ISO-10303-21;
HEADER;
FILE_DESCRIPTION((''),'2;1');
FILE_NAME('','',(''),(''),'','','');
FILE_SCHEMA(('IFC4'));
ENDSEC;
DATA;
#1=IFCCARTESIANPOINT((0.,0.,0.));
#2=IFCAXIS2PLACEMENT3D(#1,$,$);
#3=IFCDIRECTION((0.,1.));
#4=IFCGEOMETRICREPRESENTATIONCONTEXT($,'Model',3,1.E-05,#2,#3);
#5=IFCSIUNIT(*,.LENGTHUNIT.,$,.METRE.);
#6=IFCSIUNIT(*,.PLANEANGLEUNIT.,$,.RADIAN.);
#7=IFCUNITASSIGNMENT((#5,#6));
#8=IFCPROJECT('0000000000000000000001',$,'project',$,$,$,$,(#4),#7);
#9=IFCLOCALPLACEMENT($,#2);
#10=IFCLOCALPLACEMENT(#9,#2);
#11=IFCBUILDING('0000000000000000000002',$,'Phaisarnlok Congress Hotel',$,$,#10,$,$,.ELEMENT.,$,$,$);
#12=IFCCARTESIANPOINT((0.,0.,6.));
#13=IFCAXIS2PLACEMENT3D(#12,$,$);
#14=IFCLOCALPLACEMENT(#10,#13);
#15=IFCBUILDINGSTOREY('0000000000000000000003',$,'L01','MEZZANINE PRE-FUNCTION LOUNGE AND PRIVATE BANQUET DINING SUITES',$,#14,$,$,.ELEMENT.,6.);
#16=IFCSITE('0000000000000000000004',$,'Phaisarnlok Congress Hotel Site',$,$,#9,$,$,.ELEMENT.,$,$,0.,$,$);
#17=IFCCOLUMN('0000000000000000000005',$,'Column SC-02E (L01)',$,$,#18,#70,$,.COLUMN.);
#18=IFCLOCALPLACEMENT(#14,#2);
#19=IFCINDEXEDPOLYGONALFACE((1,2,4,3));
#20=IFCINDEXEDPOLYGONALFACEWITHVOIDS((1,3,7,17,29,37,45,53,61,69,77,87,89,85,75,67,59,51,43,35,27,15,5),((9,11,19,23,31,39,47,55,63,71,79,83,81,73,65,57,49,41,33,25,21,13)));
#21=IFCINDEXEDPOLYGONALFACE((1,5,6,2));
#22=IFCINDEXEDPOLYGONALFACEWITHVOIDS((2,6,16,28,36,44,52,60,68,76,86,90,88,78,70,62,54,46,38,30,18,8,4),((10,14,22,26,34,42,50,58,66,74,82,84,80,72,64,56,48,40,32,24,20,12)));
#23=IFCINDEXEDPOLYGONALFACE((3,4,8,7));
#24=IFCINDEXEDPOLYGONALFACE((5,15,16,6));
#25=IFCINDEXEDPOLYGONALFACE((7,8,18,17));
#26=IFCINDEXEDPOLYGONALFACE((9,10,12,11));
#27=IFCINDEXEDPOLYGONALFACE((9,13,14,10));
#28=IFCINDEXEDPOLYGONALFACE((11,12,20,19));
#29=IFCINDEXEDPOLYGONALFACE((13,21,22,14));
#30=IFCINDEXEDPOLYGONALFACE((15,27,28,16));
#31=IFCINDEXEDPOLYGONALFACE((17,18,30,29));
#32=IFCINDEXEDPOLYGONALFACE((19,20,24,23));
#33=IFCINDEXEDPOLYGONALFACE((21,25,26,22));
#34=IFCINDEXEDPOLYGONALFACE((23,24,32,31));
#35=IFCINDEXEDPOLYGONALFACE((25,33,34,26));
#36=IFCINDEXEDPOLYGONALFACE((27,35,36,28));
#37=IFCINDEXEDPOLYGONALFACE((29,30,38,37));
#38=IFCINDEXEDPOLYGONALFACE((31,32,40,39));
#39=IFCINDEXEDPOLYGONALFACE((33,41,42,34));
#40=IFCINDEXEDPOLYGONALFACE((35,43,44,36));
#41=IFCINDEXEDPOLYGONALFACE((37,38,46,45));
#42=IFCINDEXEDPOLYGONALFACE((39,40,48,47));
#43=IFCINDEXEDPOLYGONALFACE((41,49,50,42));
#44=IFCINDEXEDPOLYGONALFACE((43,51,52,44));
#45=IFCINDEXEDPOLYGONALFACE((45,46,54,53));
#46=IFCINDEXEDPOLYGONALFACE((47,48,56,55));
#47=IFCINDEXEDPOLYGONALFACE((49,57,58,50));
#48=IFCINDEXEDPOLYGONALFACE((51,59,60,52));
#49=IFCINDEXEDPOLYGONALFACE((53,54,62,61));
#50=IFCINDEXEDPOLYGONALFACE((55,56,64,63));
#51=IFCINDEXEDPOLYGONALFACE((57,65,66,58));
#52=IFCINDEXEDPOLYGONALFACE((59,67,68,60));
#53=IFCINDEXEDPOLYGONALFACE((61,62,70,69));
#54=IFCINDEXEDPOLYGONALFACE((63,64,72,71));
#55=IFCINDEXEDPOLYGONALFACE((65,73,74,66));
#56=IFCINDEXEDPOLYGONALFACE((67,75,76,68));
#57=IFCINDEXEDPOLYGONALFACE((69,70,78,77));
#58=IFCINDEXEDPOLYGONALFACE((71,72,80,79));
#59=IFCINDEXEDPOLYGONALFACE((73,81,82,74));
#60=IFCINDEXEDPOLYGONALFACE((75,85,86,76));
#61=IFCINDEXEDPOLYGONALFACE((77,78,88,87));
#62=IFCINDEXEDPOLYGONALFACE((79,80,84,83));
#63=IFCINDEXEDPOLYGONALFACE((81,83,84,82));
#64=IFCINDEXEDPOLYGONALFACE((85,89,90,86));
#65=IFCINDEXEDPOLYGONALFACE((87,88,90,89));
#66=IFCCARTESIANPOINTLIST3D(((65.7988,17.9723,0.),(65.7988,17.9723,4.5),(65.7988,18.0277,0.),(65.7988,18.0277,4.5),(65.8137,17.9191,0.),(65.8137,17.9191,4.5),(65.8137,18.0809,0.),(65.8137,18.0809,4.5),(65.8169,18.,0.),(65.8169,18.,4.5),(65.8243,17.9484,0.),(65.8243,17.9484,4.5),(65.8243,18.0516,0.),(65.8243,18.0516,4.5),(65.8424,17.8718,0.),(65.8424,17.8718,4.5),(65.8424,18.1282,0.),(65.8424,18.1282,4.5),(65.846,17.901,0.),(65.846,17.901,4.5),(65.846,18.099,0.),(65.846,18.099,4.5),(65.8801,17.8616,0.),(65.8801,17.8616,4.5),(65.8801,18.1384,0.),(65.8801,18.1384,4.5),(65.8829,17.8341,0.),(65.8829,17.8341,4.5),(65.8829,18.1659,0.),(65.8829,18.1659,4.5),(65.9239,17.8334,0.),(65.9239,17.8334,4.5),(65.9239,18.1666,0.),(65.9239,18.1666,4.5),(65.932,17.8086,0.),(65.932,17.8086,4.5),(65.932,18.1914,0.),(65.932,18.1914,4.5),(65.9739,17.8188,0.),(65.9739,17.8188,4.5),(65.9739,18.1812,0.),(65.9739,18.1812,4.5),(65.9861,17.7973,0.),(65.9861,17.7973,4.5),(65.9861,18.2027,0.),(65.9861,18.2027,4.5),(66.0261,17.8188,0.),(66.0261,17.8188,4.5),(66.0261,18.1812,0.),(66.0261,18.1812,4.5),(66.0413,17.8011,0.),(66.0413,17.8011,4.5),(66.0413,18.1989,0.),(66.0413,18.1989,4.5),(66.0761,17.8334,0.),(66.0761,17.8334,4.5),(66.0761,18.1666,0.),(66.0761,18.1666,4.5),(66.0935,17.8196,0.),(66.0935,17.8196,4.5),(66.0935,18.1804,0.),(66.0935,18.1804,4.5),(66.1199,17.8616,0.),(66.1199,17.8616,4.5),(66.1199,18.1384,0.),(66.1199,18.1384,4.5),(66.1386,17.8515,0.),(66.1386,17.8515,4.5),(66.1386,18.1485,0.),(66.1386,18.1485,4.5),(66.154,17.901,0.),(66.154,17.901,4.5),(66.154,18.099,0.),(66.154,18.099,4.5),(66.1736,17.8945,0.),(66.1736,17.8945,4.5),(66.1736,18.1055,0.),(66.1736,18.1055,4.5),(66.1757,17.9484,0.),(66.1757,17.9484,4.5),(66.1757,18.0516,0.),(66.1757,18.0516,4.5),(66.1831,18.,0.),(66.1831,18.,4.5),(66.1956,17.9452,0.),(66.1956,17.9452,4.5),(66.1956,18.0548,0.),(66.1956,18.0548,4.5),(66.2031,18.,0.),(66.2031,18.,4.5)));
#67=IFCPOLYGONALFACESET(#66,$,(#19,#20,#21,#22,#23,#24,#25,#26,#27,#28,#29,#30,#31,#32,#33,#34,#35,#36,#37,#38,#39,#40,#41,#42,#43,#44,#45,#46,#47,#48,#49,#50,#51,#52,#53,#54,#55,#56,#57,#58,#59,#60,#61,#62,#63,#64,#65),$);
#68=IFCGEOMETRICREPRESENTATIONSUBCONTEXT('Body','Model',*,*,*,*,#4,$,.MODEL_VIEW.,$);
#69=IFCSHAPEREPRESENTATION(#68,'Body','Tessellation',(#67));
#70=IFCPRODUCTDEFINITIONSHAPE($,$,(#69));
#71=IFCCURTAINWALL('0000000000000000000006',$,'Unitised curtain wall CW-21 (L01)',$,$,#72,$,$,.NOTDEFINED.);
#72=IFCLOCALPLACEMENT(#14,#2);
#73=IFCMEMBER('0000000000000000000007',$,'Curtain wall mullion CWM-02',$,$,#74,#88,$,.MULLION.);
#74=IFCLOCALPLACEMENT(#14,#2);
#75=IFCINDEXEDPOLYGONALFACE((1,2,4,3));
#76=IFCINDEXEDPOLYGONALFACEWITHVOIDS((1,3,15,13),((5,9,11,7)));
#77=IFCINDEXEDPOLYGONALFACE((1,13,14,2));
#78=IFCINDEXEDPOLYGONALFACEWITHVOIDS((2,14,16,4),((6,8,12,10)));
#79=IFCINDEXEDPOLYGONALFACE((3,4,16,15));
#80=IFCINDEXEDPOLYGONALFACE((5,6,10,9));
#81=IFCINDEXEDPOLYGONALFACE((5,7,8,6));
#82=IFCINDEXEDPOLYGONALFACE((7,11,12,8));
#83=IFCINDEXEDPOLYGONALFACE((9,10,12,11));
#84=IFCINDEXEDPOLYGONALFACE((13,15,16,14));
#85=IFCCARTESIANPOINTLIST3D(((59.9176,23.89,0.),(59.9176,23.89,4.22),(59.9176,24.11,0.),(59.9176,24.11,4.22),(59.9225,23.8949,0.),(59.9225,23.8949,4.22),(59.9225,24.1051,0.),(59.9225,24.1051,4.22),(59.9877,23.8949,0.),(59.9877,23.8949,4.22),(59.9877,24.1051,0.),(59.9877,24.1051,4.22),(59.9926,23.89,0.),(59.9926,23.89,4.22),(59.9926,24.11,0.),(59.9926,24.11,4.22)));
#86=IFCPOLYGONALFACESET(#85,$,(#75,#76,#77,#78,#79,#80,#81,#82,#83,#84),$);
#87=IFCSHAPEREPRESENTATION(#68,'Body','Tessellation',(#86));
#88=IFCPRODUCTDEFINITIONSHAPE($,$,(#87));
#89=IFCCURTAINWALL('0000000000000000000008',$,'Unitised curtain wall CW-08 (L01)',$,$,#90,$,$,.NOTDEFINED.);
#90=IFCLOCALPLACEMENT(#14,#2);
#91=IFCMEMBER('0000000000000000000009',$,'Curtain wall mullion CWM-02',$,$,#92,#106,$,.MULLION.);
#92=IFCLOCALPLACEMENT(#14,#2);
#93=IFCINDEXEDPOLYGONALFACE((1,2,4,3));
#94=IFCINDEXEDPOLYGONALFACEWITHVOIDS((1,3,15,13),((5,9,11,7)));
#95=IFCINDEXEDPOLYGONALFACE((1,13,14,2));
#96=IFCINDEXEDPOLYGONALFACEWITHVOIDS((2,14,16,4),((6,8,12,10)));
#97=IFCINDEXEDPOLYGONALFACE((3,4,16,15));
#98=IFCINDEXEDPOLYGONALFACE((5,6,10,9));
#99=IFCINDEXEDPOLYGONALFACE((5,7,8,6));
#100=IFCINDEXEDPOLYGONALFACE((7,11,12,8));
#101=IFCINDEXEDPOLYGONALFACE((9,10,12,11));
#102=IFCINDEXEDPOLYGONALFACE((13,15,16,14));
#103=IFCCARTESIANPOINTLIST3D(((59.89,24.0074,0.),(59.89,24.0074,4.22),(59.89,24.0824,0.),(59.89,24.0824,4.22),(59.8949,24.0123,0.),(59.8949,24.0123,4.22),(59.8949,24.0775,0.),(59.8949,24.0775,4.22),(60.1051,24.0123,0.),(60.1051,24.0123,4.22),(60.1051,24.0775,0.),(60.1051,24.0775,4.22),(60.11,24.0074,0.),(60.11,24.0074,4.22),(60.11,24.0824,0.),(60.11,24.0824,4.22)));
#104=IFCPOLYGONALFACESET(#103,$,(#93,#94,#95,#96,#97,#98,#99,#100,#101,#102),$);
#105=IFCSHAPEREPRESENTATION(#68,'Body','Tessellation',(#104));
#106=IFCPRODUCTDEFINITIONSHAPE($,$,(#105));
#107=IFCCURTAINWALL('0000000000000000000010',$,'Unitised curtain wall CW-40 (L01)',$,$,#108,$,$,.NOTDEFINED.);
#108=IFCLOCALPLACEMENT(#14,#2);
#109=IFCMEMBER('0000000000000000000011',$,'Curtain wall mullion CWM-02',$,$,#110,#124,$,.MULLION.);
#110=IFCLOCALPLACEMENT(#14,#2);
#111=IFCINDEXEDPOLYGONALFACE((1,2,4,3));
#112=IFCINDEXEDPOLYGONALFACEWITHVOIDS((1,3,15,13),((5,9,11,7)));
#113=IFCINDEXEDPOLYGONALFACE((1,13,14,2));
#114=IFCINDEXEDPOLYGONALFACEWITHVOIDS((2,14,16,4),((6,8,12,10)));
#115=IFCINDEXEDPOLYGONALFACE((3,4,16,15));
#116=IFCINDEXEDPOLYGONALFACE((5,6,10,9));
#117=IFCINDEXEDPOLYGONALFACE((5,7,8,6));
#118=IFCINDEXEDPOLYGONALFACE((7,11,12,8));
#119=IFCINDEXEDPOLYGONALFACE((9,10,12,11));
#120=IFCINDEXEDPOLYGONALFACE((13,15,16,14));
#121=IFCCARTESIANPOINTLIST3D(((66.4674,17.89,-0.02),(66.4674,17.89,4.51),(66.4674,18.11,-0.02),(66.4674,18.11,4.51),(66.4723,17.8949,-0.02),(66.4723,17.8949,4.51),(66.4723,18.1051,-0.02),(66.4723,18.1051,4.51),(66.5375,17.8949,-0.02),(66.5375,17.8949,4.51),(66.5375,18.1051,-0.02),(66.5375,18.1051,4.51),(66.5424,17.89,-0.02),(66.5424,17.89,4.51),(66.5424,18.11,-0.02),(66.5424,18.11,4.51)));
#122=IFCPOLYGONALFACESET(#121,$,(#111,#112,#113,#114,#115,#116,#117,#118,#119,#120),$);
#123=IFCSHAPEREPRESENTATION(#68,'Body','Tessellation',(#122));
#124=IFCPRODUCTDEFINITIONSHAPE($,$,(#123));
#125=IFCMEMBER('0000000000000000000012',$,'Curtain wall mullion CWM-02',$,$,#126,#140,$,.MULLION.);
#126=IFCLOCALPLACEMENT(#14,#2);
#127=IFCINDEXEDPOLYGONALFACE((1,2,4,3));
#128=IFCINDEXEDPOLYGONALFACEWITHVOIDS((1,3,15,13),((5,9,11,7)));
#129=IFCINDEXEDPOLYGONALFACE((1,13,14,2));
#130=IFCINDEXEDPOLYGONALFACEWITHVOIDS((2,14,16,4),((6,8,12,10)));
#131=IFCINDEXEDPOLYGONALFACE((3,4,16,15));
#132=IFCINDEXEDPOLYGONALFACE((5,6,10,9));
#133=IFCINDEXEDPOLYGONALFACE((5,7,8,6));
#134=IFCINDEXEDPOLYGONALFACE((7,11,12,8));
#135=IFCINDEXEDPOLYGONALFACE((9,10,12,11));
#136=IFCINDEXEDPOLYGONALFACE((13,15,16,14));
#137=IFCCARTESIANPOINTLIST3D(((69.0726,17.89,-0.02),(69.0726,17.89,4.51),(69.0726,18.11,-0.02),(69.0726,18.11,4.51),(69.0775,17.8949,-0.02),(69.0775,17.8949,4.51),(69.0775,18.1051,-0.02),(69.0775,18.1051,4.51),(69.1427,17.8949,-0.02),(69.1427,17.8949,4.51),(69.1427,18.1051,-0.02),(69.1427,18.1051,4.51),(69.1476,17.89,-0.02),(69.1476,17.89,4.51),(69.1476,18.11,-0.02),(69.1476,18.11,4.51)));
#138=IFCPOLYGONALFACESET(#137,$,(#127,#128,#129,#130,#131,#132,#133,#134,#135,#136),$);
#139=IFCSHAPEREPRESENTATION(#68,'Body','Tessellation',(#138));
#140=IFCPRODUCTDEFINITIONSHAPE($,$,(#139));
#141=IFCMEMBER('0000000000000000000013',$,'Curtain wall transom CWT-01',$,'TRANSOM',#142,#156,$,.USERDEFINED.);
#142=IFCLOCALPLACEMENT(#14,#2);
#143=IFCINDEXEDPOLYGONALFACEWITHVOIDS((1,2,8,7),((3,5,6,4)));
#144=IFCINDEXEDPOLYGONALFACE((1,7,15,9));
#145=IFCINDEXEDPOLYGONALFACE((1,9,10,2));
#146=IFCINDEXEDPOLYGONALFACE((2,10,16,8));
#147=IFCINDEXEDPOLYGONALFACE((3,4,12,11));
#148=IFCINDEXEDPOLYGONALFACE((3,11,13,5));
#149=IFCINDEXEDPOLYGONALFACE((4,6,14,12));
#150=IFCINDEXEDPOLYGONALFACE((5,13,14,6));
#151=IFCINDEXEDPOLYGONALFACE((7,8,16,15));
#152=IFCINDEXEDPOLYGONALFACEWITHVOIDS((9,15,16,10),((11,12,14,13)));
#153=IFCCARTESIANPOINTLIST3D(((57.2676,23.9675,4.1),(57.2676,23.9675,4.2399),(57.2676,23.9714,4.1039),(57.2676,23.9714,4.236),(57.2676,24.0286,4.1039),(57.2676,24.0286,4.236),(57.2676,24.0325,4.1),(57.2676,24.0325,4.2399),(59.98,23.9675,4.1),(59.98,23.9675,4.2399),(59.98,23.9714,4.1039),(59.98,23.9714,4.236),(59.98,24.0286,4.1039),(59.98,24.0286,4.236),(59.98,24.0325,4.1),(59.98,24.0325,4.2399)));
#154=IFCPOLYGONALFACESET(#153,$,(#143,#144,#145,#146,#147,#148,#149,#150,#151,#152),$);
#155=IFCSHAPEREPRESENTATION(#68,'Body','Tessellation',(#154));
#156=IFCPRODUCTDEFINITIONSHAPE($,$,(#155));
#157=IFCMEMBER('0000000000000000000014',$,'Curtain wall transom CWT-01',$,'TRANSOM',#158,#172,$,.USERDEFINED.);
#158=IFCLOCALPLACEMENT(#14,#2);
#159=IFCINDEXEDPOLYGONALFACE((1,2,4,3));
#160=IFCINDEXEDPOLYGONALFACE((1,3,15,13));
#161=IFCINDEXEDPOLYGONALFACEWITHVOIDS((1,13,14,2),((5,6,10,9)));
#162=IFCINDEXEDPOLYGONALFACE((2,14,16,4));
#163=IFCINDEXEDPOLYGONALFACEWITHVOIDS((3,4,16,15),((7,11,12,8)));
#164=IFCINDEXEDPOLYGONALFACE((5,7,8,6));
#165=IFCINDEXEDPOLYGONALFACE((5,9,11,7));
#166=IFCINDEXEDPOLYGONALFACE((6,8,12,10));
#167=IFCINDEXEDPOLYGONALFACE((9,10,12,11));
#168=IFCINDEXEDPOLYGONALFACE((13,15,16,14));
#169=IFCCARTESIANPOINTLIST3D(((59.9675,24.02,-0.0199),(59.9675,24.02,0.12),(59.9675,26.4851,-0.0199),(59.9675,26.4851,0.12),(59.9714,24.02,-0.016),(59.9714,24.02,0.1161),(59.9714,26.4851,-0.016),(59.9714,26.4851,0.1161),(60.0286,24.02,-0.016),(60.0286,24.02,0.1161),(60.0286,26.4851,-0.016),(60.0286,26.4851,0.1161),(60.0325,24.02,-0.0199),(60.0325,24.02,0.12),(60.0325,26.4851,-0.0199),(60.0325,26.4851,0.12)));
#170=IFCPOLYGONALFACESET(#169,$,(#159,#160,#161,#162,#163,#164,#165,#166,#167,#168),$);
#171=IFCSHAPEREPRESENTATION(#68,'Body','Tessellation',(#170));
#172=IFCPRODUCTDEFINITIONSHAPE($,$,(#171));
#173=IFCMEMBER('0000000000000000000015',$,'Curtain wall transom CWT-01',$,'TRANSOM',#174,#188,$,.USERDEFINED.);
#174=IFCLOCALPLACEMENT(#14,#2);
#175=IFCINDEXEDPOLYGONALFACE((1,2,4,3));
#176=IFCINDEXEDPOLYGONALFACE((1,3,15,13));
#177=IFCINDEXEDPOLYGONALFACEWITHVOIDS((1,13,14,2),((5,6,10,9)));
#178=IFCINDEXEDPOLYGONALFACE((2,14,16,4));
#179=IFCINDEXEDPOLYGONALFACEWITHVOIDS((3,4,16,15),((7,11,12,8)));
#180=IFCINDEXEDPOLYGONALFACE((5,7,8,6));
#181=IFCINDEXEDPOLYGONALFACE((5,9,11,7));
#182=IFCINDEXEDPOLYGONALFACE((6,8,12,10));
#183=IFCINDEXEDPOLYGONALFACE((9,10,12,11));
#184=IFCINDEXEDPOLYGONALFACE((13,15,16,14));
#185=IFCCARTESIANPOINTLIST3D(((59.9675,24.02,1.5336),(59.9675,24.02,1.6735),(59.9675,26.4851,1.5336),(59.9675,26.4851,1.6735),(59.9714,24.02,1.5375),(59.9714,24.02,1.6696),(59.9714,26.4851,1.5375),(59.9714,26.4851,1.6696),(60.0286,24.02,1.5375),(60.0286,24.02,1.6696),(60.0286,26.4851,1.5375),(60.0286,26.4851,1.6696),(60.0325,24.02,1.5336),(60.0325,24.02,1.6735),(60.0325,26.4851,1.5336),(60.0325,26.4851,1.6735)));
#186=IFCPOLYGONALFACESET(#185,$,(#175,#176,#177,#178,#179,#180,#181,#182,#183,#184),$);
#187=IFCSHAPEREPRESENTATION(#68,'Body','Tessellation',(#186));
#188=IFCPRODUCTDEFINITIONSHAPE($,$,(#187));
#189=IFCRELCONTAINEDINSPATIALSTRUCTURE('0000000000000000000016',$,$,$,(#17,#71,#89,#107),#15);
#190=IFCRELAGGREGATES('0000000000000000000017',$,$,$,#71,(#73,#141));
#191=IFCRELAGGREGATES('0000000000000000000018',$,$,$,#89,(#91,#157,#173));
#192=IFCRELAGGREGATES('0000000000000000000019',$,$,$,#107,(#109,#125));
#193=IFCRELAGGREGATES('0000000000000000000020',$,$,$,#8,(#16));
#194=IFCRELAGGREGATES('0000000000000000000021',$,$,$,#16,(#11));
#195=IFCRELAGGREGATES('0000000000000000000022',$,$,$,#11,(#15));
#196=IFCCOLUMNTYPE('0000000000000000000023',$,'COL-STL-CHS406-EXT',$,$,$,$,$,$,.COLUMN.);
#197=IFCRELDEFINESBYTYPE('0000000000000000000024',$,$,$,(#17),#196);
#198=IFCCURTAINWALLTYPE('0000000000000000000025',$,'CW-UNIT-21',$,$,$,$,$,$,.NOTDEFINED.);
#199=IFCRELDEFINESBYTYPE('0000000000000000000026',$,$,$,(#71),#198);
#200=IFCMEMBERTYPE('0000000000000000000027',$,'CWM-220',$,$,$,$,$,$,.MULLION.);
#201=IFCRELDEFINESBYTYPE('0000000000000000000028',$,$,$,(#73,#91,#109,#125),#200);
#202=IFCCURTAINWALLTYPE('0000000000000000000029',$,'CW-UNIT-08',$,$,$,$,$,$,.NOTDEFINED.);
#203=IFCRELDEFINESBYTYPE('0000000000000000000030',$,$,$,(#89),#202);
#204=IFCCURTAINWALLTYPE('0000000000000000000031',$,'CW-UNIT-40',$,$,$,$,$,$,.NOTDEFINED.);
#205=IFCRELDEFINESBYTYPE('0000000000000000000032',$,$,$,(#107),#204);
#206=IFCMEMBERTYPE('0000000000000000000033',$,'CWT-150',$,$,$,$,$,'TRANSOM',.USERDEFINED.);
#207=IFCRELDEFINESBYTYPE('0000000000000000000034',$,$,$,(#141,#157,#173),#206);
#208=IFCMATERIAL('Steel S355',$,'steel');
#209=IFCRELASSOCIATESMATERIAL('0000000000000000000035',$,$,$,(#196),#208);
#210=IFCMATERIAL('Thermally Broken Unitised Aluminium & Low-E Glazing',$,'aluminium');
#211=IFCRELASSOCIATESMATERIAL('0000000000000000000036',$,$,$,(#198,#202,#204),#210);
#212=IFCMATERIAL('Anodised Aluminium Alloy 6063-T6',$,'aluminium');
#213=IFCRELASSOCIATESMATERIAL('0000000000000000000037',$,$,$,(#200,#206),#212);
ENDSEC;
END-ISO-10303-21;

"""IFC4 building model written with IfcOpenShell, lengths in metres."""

from ifc_helpers import new_model, si_unit, direction, frame, origin, origin_2d, place, context, subcontext, project, spatial, hollow_rectangle, hollow_circle, extrude, material, material_profile, profile_set, type_object, element, aggregate, save


model = new_model("IFC4")

# Units and contexts
model_context = context("Model", 3, precision=1e-05, world=origin(), true_north=direction((0.0, 1.0)))
body_context = subcontext(model_context, "Body", "Model", "MODEL_VIEW")
ifc_project = project(units=[si_unit("LENGTHUNIT", "METRE"), si_unit("PLANEANGLEUNIT", "RADIAN")], contexts=[model_context])

# Site, building, storey
site_placement = place(None, origin())
site = spatial("IfcSite", under=ifc_project, at=site_placement, Name="Phaisarnlok Congress Hotel Site", CompositionType="ELEMENT", RefElevation=0.0)
building_placement = place(site_placement, origin())
building = spatial("IfcBuilding", under=site, at=building_placement, Name="Phaisarnlok Congress Hotel", CompositionType="ELEMENT")
storey_placement = place(building_placement, frame((0.0, 0.0, 6.0)))
storey = spatial("IfcBuildingStorey", under=building, at=storey_placement, Name="L01", Description="MEZZANINE PRE-FUNCTION LOUNGE AND PRIVATE BANQUET DINING SUITES", CompositionType="ELEMENT", Elevation=6.0)

# Column
ifc_material_1 = material(Name="Steel S355", Category="steel")
ifc_material_profile_1 = material_profile(ifc_material_1, hollow_circle(Radius=0.2031, WallThickness=0.02, at=origin_2d()), Name="CHS 406.4x20")
ifc_profile_set_1 = profile_set([ifc_material_profile_1], Name="Steel S355")
column_type = type_object("IfcColumnType", Name="COL-STL-CHS406-EXT", PredefinedType="COLUMN", material=ifc_profile_set_1)
column_placement = place(storey_placement, frame((66.0, 18.0, 0.0), z_axis=(0.0, 0.0, 1.0), x_axis=(1.0, 0.0, 0.0)))
element("IfcColumn", 1, at=column_placement, inside=storey, type_object=column_type, Name="Column SC-02E (L01)", PredefinedType="COLUMN", context=body_context, shape_type="SweptSolid", body=[
    extrude(hollow_circle(Radius=0.2031, WallThickness=0.02, at=origin_2d()), origin(), (0.0, 0.0, 1.0), 4.5),
])

# Curtain walls, members
ifc_material_2 = material(Name="Thermally Broken Unitised Aluminium & Low-E Glazing", Category="aluminium")
curtain_wall_type_1 = type_object("IfcCurtainWallType", Name="CW-UNIT-21", PredefinedType="NOTDEFINED", material=ifc_material_2)
curtain_wall_1_placement = place(storey_placement, origin())
curtain_wall_1 = element("IfcCurtainWall", 2, at=curtain_wall_1_placement, inside=storey, type_object=curtain_wall_type_1, Name="Unitised curtain wall CW-21 (L01)", PredefinedType="NOTDEFINED")
ifc_material_3 = material(Name="Anodised Aluminium Alloy 6063-T6", Category="aluminium")
ifc_material_profile_2 = material_profile(ifc_material_3, hollow_rectangle(XDim=0.075, YDim=0.22, WallThickness=0.0049, at=origin_2d()), Name="ALU-M 75x220x5")
ifc_profile_set_2 = profile_set([ifc_material_profile_2], Name="Anodised Aluminium Alloy 6063-T6")
member_type_1 = type_object("IfcMemberType", Name="CWM-220", PredefinedType="MULLION", material=ifc_profile_set_2)
member_1_placement = place(storey_placement, frame((59.9551, 24.0, 0.0), z_axis=(0.0, 0.0, 1.0), x_axis=(1.0, 0.0, 0.0)))
member_1 = element("IfcMember", 3, at=member_1_placement, type_object=member_type_1, Name="Curtain wall mullion CWM-02", PredefinedType="MULLION", context=body_context, shape_type="SweptSolid", body=[
    extrude(hollow_rectangle(XDim=0.075, YDim=0.22, WallThickness=0.0049, at=origin_2d()), origin(), (0.0, 0.0, 1.0), 4.22),
])
curtain_wall_type_2 = type_object("IfcCurtainWallType", Name="CW-UNIT-08", PredefinedType="NOTDEFINED", material=ifc_material_2)
curtain_wall_2_placement = place(storey_placement, origin())
curtain_wall_2 = element("IfcCurtainWall", 4, at=curtain_wall_2_placement, inside=storey, type_object=curtain_wall_type_2, Name="Unitised curtain wall CW-08 (L01)", PredefinedType="NOTDEFINED")
member_2_placement = place(storey_placement, frame((60.0, 24.0449, 0.0), z_axis=(0.0, 0.0, 1.0), x_axis=(0.0, 1.0, 0.0)))
member_2 = element("IfcMember", 5, at=member_2_placement, type_object=member_type_1, Name="Curtain wall mullion CWM-02", PredefinedType="MULLION", context=body_context, shape_type="SweptSolid", body=[
    extrude(hollow_rectangle(XDim=0.075, YDim=0.22, WallThickness=0.0049, at=origin_2d()), origin(), (0.0, 0.0, 1.0), 4.22),
])

# Curtain wall, members
curtain_wall_type_3 = type_object("IfcCurtainWallType", Name="CW-UNIT-40", PredefinedType="NOTDEFINED", material=ifc_material_2)
curtain_wall_3_placement = place(storey_placement, origin())
curtain_wall_3 = element("IfcCurtainWall", 6, at=curtain_wall_3_placement, inside=storey, type_object=curtain_wall_type_3, Name="Unitised curtain wall CW-40 (L01)", PredefinedType="NOTDEFINED")
member_3_placement = place(storey_placement, frame((66.5049, 18.0, -0.02), z_axis=(0.0, 0.0, 1.0), x_axis=(1.0, 0.0, 0.0)))
member_3 = element("IfcMember", 7, at=member_3_placement, type_object=member_type_1, Name="Curtain wall mullion CWM-02", PredefinedType="MULLION", context=body_context, shape_type="SweptSolid", body=[
    extrude(hollow_rectangle(XDim=0.075, YDim=0.22, WallThickness=0.0049, at=origin_2d()), origin(), (0.0, 0.0, 1.0), 4.53),
])
member_4_placement = place(storey_placement, frame((69.1101, 18.0, -0.02), z_axis=(0.0, 0.0, 1.0), x_axis=(1.0, 0.0, 0.0)))
member_4 = element("IfcMember", 8, at=member_4_placement, type_object=member_type_1, Name="Curtain wall mullion CWM-02", PredefinedType="MULLION", context=body_context, shape_type="SweptSolid", body=[
    extrude(hollow_rectangle(XDim=0.075, YDim=0.22, WallThickness=0.0049, at=origin_2d()), origin(), (0.0, 0.0, 1.0), 4.53),
])

# Members
ifc_material_profile_3 = material_profile(ifc_material_3, hollow_rectangle(XDim=0.0649, YDim=0.1399, WallThickness=0.0039, at=origin_2d()), Name="ALU-T 65x140x4")
ifc_profile_set_3 = profile_set([ifc_material_profile_3], Name="Anodised Aluminium Alloy 6063-T6")
member_type_2 = type_object("IfcMemberType", Name="CWT-150", ElementType="TRANSOM", PredefinedType="USERDEFINED", material=ifc_profile_set_3)
member_5_placement = place(storey_placement, frame((57.2676, 24.0, 4.1699), z_axis=(1.0, 0.0, 0.0), x_axis=(0.0, 1.0, 0.0)))
member_5 = element("IfcMember", 9, at=member_5_placement, type_object=member_type_2, Name="Curtain wall transom CWT-01", ObjectType="TRANSOM", PredefinedType="USERDEFINED", context=body_context, shape_type="SweptSolid", body=[
    extrude(hollow_rectangle(XDim=0.0649, YDim=0.1399, WallThickness=0.0039, at=origin_2d()), origin(), (0.0, 0.0, 1.0), 2.7124),
])
member_6_placement = place(storey_placement, frame((60.0, 24.02, 0.05), z_axis=(0.0, 1.0, 0.0), x_axis=(-1.0, 0.0, 0.0)))
member_6 = element("IfcMember", 10, at=member_6_placement, type_object=member_type_2, Name="Curtain wall transom CWT-01", ObjectType="TRANSOM", PredefinedType="USERDEFINED", context=body_context, shape_type="SweptSolid", body=[
    extrude(hollow_rectangle(XDim=0.0649, YDim=0.1399, WallThickness=0.0039, at=origin_2d()), origin(), (0.0, 0.0, 1.0), 2.4651),
])
member_7_placement = place(storey_placement, frame((60.0, 24.02, 1.6035), z_axis=(0.0, 1.0, 0.0), x_axis=(-1.0, 0.0, 0.0)))
member_7 = element("IfcMember", 11, at=member_7_placement, type_object=member_type_2, Name="Curtain wall transom CWT-01", ObjectType="TRANSOM", PredefinedType="USERDEFINED", context=body_context, shape_type="SweptSolid", body=[
    extrude(hollow_rectangle(XDim=0.0649, YDim=0.1399, WallThickness=0.0039, at=origin_2d()), origin(), (0.0, 0.0, 1.0), 2.4651),
])

aggregate(curtain_wall_1, [member_1, member_5])
aggregate(curtain_wall_2, [member_2, member_6, member_7])
aggregate(curtain_wall_3, [member_3, member_4])

save(model, "model.ifc")
